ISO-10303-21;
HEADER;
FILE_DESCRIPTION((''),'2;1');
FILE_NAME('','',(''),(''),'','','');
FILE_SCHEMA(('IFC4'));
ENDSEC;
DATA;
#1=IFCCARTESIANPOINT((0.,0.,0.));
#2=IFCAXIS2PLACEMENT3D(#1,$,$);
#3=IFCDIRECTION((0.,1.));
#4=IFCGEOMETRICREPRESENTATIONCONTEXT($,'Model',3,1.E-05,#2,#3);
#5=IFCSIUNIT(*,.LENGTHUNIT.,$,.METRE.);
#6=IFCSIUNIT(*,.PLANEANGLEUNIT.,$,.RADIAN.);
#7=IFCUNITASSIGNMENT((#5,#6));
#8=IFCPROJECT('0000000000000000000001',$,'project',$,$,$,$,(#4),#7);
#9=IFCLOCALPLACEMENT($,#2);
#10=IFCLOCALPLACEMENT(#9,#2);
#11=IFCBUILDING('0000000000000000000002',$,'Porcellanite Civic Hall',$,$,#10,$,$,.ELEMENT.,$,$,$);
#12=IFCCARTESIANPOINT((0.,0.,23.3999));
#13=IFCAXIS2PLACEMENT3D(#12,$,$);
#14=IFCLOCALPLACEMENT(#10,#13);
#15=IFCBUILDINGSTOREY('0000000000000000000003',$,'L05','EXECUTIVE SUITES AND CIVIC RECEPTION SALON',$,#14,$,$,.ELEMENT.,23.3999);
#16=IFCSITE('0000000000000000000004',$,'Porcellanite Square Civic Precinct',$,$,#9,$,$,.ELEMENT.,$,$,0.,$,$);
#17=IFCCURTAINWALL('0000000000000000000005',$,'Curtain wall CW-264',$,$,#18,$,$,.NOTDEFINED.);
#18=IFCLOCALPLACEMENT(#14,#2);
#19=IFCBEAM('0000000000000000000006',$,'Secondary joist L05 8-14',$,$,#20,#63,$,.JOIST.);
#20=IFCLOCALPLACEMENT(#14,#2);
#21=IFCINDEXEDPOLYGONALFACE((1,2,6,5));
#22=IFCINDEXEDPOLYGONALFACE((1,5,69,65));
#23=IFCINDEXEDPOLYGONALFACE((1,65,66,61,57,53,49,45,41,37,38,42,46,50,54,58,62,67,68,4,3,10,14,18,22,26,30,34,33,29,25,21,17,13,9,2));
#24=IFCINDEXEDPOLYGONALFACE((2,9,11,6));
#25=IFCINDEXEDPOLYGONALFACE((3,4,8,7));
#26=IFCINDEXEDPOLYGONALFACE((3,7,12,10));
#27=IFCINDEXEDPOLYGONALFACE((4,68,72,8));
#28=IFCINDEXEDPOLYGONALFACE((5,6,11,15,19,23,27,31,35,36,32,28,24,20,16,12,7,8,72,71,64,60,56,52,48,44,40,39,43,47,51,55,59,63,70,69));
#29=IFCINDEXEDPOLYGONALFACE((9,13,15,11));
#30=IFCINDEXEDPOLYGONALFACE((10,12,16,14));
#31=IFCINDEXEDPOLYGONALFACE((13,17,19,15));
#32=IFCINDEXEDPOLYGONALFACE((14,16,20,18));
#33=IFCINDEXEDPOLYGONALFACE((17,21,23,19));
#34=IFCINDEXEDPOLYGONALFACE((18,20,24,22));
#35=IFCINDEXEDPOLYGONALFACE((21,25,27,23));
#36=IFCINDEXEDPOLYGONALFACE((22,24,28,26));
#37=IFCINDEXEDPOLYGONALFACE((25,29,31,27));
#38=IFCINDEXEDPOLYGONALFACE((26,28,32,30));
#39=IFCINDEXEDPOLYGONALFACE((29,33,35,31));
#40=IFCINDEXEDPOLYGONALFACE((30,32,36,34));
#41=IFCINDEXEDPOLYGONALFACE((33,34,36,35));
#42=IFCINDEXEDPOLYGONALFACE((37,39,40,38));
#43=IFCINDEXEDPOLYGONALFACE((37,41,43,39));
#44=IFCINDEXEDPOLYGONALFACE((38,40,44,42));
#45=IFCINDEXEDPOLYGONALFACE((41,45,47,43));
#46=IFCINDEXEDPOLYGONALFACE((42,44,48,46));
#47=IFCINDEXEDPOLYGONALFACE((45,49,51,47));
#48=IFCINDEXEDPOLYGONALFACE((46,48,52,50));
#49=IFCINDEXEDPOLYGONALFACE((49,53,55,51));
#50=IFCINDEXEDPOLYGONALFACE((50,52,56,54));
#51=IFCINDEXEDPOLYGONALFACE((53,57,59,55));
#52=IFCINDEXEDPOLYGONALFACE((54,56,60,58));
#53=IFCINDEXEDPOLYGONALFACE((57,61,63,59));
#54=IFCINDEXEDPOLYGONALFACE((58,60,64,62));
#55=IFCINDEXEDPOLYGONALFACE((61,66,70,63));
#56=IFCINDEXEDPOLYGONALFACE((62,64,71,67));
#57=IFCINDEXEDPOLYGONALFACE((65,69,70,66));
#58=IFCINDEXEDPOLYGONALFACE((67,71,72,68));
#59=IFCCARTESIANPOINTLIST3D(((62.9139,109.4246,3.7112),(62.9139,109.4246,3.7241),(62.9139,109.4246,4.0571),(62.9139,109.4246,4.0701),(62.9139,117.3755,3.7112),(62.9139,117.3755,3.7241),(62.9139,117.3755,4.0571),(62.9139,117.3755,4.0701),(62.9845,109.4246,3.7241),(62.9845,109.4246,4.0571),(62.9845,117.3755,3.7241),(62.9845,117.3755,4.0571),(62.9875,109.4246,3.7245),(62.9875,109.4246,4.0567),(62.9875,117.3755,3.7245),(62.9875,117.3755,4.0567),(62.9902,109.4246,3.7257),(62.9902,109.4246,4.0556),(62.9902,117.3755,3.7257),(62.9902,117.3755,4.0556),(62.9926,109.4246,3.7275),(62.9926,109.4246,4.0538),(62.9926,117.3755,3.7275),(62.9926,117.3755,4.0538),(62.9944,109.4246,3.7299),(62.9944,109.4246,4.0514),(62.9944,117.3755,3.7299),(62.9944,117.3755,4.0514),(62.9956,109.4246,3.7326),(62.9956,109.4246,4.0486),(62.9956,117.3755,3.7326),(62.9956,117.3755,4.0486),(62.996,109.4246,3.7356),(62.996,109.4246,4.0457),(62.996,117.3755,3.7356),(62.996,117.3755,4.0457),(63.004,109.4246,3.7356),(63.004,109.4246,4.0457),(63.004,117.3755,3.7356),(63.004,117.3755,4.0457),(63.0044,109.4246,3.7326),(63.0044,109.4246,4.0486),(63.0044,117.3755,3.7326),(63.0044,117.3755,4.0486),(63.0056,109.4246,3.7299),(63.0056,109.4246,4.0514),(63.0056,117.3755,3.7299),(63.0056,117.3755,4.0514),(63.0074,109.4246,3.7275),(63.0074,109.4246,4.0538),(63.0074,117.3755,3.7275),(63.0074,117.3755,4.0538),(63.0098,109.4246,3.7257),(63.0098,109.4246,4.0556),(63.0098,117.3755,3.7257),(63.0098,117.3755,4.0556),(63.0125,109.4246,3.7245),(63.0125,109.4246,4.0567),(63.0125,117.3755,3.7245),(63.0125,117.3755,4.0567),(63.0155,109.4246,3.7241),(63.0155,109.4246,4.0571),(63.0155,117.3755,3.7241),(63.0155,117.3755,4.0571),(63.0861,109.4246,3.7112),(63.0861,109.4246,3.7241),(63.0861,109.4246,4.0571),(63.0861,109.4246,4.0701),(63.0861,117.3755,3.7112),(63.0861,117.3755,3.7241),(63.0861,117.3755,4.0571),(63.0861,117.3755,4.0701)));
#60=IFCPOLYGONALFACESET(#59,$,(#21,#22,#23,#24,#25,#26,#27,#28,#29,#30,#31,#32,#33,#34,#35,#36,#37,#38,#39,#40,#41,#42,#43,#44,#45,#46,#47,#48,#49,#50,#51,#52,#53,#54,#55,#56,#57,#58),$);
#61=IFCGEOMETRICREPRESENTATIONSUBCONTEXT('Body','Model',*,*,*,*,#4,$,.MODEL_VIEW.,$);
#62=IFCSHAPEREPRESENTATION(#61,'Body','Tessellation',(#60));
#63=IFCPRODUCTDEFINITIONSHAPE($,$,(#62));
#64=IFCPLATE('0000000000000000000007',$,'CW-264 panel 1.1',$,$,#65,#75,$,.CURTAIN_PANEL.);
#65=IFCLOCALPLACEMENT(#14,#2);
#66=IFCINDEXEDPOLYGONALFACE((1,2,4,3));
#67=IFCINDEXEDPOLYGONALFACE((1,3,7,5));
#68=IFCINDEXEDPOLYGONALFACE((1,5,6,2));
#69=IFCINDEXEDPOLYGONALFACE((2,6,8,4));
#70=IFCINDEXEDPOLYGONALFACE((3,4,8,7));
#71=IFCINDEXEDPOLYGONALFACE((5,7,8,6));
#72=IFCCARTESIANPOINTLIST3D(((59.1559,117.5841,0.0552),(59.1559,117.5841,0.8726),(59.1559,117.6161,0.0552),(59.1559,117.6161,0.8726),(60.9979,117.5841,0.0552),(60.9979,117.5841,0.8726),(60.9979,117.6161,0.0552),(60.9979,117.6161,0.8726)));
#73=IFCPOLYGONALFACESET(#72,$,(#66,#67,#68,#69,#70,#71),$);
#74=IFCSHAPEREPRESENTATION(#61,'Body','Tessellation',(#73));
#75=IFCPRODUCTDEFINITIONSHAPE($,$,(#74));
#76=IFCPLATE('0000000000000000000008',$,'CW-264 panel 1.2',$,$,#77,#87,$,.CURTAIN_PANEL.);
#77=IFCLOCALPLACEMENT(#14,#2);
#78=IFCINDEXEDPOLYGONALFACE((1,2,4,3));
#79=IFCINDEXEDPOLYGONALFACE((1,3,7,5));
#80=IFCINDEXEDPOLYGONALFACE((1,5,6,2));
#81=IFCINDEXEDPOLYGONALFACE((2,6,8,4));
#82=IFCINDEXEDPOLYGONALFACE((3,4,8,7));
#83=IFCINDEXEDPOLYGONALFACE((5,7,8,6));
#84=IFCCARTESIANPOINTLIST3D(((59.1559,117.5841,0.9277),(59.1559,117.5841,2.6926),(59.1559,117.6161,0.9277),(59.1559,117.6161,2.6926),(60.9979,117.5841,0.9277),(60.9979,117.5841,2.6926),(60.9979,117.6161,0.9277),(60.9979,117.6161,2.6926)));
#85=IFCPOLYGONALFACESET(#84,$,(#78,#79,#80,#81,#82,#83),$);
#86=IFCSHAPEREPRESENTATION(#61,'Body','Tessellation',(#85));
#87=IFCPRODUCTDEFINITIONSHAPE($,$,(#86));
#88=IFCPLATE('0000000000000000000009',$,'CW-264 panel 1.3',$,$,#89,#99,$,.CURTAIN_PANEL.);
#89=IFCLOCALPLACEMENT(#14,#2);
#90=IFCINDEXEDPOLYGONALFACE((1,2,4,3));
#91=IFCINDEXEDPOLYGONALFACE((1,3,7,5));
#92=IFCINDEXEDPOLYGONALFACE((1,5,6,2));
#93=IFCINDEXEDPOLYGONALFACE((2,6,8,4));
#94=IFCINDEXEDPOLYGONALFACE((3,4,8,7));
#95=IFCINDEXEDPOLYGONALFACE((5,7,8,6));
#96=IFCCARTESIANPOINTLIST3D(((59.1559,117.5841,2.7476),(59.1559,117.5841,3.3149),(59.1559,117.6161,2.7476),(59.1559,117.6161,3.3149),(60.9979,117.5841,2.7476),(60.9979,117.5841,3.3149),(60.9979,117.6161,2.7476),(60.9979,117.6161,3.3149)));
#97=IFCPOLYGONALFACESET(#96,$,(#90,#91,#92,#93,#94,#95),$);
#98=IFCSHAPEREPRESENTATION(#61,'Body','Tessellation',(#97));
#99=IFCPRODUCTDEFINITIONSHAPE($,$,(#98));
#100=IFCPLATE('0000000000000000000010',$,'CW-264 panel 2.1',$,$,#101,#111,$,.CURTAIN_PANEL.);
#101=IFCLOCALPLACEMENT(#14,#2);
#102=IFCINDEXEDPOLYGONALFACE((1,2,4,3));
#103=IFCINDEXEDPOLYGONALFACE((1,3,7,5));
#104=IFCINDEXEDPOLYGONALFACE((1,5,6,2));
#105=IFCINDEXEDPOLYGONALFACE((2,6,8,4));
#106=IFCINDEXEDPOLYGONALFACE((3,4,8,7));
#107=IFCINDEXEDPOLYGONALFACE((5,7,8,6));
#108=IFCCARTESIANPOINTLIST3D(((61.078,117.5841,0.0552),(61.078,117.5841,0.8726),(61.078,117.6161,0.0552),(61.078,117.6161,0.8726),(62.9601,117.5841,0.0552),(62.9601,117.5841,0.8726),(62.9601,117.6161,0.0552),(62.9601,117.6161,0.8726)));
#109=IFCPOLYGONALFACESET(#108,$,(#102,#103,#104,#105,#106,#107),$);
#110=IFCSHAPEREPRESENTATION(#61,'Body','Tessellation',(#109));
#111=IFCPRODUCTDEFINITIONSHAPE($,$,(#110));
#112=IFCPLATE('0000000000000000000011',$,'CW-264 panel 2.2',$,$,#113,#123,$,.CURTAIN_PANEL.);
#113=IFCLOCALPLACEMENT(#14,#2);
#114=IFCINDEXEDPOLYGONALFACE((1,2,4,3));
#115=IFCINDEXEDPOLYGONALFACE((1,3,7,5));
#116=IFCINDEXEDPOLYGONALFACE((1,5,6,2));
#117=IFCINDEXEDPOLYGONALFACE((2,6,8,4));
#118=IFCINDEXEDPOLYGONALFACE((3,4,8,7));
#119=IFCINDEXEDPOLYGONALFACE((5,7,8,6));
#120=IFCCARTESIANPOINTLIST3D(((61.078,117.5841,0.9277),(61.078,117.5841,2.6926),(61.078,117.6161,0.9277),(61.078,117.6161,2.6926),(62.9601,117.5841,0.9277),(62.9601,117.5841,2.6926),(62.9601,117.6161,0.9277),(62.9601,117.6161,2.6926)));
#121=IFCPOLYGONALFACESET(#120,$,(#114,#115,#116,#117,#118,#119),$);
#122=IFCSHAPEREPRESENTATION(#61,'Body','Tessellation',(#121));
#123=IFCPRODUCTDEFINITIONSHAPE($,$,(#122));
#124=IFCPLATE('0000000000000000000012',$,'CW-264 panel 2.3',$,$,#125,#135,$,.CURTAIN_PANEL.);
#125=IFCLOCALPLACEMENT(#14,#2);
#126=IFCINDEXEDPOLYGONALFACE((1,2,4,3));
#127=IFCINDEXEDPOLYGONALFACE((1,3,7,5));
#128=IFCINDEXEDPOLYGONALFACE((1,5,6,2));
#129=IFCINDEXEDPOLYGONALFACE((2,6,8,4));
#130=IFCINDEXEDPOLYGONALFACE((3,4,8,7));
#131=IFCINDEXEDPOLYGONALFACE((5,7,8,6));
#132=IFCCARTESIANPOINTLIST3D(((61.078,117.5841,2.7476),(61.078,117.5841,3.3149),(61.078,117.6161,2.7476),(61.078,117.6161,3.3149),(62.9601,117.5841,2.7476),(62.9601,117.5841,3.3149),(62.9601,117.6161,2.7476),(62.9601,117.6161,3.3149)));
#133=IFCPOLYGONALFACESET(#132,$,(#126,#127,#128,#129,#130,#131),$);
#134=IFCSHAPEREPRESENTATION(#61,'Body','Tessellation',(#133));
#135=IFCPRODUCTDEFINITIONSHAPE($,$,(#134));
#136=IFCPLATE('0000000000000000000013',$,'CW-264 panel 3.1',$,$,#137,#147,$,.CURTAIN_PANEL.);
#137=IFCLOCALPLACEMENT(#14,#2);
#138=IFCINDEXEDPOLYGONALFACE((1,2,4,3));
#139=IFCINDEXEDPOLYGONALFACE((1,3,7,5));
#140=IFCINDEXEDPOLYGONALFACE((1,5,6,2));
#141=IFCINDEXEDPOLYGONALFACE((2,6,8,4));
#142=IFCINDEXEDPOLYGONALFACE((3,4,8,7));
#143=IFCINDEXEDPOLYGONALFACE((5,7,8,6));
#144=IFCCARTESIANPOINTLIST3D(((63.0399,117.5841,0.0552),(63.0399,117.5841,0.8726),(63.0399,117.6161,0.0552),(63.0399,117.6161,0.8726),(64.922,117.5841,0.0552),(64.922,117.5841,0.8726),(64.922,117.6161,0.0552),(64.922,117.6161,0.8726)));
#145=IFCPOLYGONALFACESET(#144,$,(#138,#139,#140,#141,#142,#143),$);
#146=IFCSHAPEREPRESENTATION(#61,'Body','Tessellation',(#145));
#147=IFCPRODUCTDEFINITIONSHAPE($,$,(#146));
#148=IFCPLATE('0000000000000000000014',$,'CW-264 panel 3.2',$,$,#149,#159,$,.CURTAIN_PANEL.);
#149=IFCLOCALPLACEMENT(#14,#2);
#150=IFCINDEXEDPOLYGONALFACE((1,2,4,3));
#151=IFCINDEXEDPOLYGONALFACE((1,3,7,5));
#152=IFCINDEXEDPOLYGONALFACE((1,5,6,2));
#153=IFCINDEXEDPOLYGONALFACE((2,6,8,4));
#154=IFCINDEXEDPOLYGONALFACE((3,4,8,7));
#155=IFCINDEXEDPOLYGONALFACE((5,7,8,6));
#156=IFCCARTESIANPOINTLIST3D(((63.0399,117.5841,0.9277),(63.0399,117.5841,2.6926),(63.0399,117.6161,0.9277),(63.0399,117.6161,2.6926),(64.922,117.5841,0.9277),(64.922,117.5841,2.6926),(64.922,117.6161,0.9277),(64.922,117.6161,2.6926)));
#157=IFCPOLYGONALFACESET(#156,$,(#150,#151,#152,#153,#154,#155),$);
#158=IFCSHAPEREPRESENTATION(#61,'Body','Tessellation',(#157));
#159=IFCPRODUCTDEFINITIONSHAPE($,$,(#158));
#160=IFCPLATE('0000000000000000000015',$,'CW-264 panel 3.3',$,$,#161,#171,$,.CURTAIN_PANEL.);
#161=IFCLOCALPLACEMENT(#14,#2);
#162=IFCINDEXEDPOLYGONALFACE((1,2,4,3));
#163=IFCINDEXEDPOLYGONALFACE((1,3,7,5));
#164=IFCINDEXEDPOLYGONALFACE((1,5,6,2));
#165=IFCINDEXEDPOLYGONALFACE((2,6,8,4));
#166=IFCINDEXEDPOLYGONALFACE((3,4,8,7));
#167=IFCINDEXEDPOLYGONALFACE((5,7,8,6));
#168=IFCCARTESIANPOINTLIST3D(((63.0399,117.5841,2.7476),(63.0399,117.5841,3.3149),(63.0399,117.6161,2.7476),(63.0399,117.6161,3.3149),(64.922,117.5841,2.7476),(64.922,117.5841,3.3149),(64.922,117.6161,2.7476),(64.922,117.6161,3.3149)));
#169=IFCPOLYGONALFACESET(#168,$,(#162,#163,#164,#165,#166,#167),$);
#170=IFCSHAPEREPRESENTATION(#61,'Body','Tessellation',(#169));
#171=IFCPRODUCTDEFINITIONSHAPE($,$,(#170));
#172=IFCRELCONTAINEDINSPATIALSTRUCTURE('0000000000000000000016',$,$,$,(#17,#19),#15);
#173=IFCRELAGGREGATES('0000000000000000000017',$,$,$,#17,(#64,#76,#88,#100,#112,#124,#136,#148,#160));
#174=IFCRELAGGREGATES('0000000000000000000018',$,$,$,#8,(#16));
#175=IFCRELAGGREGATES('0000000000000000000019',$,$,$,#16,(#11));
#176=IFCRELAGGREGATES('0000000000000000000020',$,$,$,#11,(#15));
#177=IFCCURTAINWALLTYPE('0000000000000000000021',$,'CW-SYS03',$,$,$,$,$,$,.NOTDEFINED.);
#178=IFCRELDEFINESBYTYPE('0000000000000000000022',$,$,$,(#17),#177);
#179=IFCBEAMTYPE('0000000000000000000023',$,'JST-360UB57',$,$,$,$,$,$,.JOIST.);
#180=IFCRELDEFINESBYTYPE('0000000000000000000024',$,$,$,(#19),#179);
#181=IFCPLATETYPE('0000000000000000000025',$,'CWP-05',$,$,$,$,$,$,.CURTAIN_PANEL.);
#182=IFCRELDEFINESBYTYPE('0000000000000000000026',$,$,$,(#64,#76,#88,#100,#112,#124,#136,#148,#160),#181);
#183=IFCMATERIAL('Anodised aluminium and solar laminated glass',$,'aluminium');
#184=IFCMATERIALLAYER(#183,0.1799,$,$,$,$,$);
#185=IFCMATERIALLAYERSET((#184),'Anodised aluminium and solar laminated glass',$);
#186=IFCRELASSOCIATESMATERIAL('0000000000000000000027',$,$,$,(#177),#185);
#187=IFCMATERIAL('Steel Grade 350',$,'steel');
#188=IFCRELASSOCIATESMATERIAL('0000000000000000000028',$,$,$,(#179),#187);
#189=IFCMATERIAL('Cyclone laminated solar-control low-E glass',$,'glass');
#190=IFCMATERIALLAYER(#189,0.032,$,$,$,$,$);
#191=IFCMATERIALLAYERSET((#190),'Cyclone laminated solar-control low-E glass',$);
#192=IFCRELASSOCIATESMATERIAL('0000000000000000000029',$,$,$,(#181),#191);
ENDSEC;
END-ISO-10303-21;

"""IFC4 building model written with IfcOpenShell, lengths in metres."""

from ifc_helpers import new_model, si_unit, direction, frame, origin, origin_2d, place, context, subcontext, project, spatial, rectangle, i_section, extrude, material, layer, layer_set, material_profile, profile_set, type_object, element, aggregate, save


model = new_model("IFC4")

# Units and contexts
model_context = context("Model", 3, precision=1e-05, world=origin(), true_north=direction((0.0, 1.0)))
body_context = subcontext(model_context, "Body", "Model", "MODEL_VIEW")
ifc_project = project(units=[si_unit("LENGTHUNIT", "METRE"), si_unit("PLANEANGLEUNIT", "RADIAN")], contexts=[model_context])

# Site, building, storey
site_placement = place(None, origin())
site = spatial("IfcSite", under=ifc_project, at=site_placement, Name="Porcellanite Square Civic Precinct", CompositionType="ELEMENT", RefElevation=0.0)
building_placement = place(site_placement, origin())
building = spatial("IfcBuilding", under=site, at=building_placement, Name="Porcellanite Civic Hall", CompositionType="ELEMENT")
storey_placement = place(building_placement, frame((0.0, 0.0, 23.3999)))
storey = spatial("IfcBuildingStorey", under=building, at=storey_placement, Name="L05", Description="EXECUTIVE SUITES AND CIVIC RECEPTION SALON", CompositionType="ELEMENT", Elevation=23.3999)

# Curtain wall
ifc_material_1 = material(Name="Anodised aluminium and solar laminated glass", Category="aluminium")
ifc_layer_1 = layer(ifc_material_1, 0.1799)
ifc_layer_set_1 = layer_set([ifc_layer_1], Name="Anodised aluminium and solar laminated glass")
curtain_wall_type = type_object("IfcCurtainWallType", Name="CW-SYS03", PredefinedType="NOTDEFINED", material=ifc_layer_set_1)
curtain_wall_placement = place(storey_placement, origin())
curtain_wall = element("IfcCurtainWall", 1, at=curtain_wall_placement, inside=storey, type_object=curtain_wall_type, Name="Curtain wall CW-264", PredefinedType="NOTDEFINED")

# Beam
ifc_material_2 = material(Name="Steel Grade 350", Category="steel")
ifc_material_profile_1 = material_profile(ifc_material_2, i_section(OverallWidth=0.1721, OverallDepth=0.3589, WebThickness=0.0081, FlangeThickness=0.0129, FilletRadius=0.0115, at=origin_2d()), Name="360UB56.7")
ifc_profile_set_1 = profile_set([ifc_material_profile_1], Name="Steel Grade 350")
beam_type = type_object("IfcBeamType", Name="JST-360UB57", PredefinedType="JOIST", material=ifc_profile_set_1)
beam_placement = place(storey_placement, frame((63.0, 109.4246, 3.8906), z_axis=(0.0, 1.0, 0.0), x_axis=(-1.0, 0.0, 0.0)))
element("IfcBeam", 2, at=beam_placement, inside=storey, type_object=beam_type, Name="Secondary joist L05 8-14", PredefinedType="JOIST", context=body_context, shape_type="SweptSolid", body=[
    extrude(i_section(OverallWidth=0.1721, OverallDepth=0.3589, WebThickness=0.0081, FlangeThickness=0.0129, FilletRadius=0.0115, at=origin_2d()), origin(), (0.0, 0.0, 1.0), 7.9509),
])

# Plates
ifc_material_3 = material(Name="Cyclone laminated solar-control low-E glass", Category="glass")
ifc_layer_2 = layer(ifc_material_3, 0.032)
ifc_layer_set_2 = layer_set([ifc_layer_2], Name="Cyclone laminated solar-control low-E glass")
plate_type = type_object("IfcPlateType", Name="CWP-05", PredefinedType="CURTAIN_PANEL", material=ifc_layer_set_2)
plate_1_placement = place(storey_placement, frame((60.0769, 117.6001, 0.0552), z_axis=(0.0, 0.0, 1.0), x_axis=(1.0, 0.0, 0.0)))
plate_1 = element("IfcPlate", 3, at=plate_1_placement, type_object=plate_type, Name="CW-264 panel 1.1", PredefinedType="CURTAIN_PANEL", context=body_context, shape_type="SweptSolid", body=[
    extrude(rectangle(XDim=1.842, YDim=0.032, at=origin_2d()), origin(), (0.0, 0.0, 1.0), 0.8174),
])
plate_2_placement = place(storey_placement, frame((60.0769, 117.6001, 0.9277), z_axis=(0.0, 0.0, 1.0), x_axis=(1.0, 0.0, 0.0)))
plate_2 = element("IfcPlate", 4, at=plate_2_placement, type_object=plate_type, Name="CW-264 panel 1.2", PredefinedType="CURTAIN_PANEL", context=body_context, shape_type="SweptSolid", body=[
    extrude(rectangle(XDim=1.842, YDim=0.032, at=origin_2d()), origin(), (0.0, 0.0, 1.0), 1.7649),
])
plate_3_placement = place(storey_placement, frame((60.0769, 117.6001, 2.7476), z_axis=(0.0, 0.0, 1.0), x_axis=(1.0, 0.0, 0.0)))
plate_3 = element("IfcPlate", 5, at=plate_3_placement, type_object=plate_type, Name="CW-264 panel 1.3", PredefinedType="CURTAIN_PANEL", context=body_context, shape_type="SweptSolid", body=[
    extrude(rectangle(XDim=1.842, YDim=0.032, at=origin_2d()), origin(), (0.0, 0.0, 1.0), 0.5674),
])
plate_4_placement = place(storey_placement, frame((62.019, 117.6001, 0.0552), z_axis=(0.0, 0.0, 1.0), x_axis=(1.0, 0.0, 0.0)))
plate_4 = element("IfcPlate", 6, at=plate_4_placement, type_object=plate_type, Name="CW-264 panel 2.1", PredefinedType="CURTAIN_PANEL", context=body_context, shape_type="SweptSolid", body=[
    extrude(rectangle(XDim=1.8821, YDim=0.032, at=origin_2d()), origin(), (0.0, 0.0, 1.0), 0.8174),
])
plate_5_placement = place(storey_placement, frame((62.019, 117.6001, 0.9277), z_axis=(0.0, 0.0, 1.0), x_axis=(1.0, 0.0, 0.0)))
plate_5 = element("IfcPlate", 7, at=plate_5_placement, type_object=plate_type, Name="CW-264 panel 2.2", PredefinedType="CURTAIN_PANEL", context=body_context, shape_type="SweptSolid", body=[
    extrude(rectangle(XDim=1.8821, YDim=0.032, at=origin_2d()), origin(), (0.0, 0.0, 1.0), 1.7649),
])
plate_6_placement = place(storey_placement, frame((62.019, 117.6001, 2.7476), z_axis=(0.0, 0.0, 1.0), x_axis=(1.0, 0.0, 0.0)))
plate_6 = element("IfcPlate", 8, at=plate_6_placement, type_object=plate_type, Name="CW-264 panel 2.3", PredefinedType="CURTAIN_PANEL", context=body_context, shape_type="SweptSolid", body=[
    extrude(rectangle(XDim=1.8821, YDim=0.032, at=origin_2d()), origin(), (0.0, 0.0, 1.0), 0.5674),
])
plate_7_placement = place(storey_placement, frame((63.981, 117.6001, 0.0552), z_axis=(0.0, 0.0, 1.0), x_axis=(1.0, 0.0, 0.0)))
plate_7 = element("IfcPlate", 9, at=plate_7_placement, type_object=plate_type, Name="CW-264 panel 3.1", PredefinedType="CURTAIN_PANEL", context=body_context, shape_type="SweptSolid", body=[
    extrude(rectangle(XDim=1.8821, YDim=0.032, at=origin_2d()), origin(), (0.0, 0.0, 1.0), 0.8174),
])
plate_8_placement = place(storey_placement, frame((63.981, 117.6001, 0.9277), z_axis=(0.0, 0.0, 1.0), x_axis=(1.0, 0.0, 0.0)))
plate_8 = element("IfcPlate", 10, at=plate_8_placement, type_object=plate_type, Name="CW-264 panel 3.2", PredefinedType="CURTAIN_PANEL", context=body_context, shape_type="SweptSolid", body=[
    extrude(rectangle(XDim=1.8821, YDim=0.032, at=origin_2d()), origin(), (0.0, 0.0, 1.0), 1.7649),
])
plate_9_placement = place(storey_placement, frame((63.981, 117.6001, 2.7476), z_axis=(0.0, 0.0, 1.0), x_axis=(1.0, 0.0, 0.0)))
plate_9 = element("IfcPlate", 11, at=plate_9_placement, type_object=plate_type, Name="CW-264 panel 3.3", PredefinedType="CURTAIN_PANEL", context=body_context, shape_type="SweptSolid", body=[
    extrude(rectangle(XDim=1.8821, YDim=0.032, at=origin_2d()), origin(), (0.0, 0.0, 1.0), 0.5674),
])
aggregate(curtain_wall, [plate_1, plate_2, plate_3, plate_4, plate_5, plate_6, plate_7, plate_8, plate_9])

save(model, "model.ifc")
